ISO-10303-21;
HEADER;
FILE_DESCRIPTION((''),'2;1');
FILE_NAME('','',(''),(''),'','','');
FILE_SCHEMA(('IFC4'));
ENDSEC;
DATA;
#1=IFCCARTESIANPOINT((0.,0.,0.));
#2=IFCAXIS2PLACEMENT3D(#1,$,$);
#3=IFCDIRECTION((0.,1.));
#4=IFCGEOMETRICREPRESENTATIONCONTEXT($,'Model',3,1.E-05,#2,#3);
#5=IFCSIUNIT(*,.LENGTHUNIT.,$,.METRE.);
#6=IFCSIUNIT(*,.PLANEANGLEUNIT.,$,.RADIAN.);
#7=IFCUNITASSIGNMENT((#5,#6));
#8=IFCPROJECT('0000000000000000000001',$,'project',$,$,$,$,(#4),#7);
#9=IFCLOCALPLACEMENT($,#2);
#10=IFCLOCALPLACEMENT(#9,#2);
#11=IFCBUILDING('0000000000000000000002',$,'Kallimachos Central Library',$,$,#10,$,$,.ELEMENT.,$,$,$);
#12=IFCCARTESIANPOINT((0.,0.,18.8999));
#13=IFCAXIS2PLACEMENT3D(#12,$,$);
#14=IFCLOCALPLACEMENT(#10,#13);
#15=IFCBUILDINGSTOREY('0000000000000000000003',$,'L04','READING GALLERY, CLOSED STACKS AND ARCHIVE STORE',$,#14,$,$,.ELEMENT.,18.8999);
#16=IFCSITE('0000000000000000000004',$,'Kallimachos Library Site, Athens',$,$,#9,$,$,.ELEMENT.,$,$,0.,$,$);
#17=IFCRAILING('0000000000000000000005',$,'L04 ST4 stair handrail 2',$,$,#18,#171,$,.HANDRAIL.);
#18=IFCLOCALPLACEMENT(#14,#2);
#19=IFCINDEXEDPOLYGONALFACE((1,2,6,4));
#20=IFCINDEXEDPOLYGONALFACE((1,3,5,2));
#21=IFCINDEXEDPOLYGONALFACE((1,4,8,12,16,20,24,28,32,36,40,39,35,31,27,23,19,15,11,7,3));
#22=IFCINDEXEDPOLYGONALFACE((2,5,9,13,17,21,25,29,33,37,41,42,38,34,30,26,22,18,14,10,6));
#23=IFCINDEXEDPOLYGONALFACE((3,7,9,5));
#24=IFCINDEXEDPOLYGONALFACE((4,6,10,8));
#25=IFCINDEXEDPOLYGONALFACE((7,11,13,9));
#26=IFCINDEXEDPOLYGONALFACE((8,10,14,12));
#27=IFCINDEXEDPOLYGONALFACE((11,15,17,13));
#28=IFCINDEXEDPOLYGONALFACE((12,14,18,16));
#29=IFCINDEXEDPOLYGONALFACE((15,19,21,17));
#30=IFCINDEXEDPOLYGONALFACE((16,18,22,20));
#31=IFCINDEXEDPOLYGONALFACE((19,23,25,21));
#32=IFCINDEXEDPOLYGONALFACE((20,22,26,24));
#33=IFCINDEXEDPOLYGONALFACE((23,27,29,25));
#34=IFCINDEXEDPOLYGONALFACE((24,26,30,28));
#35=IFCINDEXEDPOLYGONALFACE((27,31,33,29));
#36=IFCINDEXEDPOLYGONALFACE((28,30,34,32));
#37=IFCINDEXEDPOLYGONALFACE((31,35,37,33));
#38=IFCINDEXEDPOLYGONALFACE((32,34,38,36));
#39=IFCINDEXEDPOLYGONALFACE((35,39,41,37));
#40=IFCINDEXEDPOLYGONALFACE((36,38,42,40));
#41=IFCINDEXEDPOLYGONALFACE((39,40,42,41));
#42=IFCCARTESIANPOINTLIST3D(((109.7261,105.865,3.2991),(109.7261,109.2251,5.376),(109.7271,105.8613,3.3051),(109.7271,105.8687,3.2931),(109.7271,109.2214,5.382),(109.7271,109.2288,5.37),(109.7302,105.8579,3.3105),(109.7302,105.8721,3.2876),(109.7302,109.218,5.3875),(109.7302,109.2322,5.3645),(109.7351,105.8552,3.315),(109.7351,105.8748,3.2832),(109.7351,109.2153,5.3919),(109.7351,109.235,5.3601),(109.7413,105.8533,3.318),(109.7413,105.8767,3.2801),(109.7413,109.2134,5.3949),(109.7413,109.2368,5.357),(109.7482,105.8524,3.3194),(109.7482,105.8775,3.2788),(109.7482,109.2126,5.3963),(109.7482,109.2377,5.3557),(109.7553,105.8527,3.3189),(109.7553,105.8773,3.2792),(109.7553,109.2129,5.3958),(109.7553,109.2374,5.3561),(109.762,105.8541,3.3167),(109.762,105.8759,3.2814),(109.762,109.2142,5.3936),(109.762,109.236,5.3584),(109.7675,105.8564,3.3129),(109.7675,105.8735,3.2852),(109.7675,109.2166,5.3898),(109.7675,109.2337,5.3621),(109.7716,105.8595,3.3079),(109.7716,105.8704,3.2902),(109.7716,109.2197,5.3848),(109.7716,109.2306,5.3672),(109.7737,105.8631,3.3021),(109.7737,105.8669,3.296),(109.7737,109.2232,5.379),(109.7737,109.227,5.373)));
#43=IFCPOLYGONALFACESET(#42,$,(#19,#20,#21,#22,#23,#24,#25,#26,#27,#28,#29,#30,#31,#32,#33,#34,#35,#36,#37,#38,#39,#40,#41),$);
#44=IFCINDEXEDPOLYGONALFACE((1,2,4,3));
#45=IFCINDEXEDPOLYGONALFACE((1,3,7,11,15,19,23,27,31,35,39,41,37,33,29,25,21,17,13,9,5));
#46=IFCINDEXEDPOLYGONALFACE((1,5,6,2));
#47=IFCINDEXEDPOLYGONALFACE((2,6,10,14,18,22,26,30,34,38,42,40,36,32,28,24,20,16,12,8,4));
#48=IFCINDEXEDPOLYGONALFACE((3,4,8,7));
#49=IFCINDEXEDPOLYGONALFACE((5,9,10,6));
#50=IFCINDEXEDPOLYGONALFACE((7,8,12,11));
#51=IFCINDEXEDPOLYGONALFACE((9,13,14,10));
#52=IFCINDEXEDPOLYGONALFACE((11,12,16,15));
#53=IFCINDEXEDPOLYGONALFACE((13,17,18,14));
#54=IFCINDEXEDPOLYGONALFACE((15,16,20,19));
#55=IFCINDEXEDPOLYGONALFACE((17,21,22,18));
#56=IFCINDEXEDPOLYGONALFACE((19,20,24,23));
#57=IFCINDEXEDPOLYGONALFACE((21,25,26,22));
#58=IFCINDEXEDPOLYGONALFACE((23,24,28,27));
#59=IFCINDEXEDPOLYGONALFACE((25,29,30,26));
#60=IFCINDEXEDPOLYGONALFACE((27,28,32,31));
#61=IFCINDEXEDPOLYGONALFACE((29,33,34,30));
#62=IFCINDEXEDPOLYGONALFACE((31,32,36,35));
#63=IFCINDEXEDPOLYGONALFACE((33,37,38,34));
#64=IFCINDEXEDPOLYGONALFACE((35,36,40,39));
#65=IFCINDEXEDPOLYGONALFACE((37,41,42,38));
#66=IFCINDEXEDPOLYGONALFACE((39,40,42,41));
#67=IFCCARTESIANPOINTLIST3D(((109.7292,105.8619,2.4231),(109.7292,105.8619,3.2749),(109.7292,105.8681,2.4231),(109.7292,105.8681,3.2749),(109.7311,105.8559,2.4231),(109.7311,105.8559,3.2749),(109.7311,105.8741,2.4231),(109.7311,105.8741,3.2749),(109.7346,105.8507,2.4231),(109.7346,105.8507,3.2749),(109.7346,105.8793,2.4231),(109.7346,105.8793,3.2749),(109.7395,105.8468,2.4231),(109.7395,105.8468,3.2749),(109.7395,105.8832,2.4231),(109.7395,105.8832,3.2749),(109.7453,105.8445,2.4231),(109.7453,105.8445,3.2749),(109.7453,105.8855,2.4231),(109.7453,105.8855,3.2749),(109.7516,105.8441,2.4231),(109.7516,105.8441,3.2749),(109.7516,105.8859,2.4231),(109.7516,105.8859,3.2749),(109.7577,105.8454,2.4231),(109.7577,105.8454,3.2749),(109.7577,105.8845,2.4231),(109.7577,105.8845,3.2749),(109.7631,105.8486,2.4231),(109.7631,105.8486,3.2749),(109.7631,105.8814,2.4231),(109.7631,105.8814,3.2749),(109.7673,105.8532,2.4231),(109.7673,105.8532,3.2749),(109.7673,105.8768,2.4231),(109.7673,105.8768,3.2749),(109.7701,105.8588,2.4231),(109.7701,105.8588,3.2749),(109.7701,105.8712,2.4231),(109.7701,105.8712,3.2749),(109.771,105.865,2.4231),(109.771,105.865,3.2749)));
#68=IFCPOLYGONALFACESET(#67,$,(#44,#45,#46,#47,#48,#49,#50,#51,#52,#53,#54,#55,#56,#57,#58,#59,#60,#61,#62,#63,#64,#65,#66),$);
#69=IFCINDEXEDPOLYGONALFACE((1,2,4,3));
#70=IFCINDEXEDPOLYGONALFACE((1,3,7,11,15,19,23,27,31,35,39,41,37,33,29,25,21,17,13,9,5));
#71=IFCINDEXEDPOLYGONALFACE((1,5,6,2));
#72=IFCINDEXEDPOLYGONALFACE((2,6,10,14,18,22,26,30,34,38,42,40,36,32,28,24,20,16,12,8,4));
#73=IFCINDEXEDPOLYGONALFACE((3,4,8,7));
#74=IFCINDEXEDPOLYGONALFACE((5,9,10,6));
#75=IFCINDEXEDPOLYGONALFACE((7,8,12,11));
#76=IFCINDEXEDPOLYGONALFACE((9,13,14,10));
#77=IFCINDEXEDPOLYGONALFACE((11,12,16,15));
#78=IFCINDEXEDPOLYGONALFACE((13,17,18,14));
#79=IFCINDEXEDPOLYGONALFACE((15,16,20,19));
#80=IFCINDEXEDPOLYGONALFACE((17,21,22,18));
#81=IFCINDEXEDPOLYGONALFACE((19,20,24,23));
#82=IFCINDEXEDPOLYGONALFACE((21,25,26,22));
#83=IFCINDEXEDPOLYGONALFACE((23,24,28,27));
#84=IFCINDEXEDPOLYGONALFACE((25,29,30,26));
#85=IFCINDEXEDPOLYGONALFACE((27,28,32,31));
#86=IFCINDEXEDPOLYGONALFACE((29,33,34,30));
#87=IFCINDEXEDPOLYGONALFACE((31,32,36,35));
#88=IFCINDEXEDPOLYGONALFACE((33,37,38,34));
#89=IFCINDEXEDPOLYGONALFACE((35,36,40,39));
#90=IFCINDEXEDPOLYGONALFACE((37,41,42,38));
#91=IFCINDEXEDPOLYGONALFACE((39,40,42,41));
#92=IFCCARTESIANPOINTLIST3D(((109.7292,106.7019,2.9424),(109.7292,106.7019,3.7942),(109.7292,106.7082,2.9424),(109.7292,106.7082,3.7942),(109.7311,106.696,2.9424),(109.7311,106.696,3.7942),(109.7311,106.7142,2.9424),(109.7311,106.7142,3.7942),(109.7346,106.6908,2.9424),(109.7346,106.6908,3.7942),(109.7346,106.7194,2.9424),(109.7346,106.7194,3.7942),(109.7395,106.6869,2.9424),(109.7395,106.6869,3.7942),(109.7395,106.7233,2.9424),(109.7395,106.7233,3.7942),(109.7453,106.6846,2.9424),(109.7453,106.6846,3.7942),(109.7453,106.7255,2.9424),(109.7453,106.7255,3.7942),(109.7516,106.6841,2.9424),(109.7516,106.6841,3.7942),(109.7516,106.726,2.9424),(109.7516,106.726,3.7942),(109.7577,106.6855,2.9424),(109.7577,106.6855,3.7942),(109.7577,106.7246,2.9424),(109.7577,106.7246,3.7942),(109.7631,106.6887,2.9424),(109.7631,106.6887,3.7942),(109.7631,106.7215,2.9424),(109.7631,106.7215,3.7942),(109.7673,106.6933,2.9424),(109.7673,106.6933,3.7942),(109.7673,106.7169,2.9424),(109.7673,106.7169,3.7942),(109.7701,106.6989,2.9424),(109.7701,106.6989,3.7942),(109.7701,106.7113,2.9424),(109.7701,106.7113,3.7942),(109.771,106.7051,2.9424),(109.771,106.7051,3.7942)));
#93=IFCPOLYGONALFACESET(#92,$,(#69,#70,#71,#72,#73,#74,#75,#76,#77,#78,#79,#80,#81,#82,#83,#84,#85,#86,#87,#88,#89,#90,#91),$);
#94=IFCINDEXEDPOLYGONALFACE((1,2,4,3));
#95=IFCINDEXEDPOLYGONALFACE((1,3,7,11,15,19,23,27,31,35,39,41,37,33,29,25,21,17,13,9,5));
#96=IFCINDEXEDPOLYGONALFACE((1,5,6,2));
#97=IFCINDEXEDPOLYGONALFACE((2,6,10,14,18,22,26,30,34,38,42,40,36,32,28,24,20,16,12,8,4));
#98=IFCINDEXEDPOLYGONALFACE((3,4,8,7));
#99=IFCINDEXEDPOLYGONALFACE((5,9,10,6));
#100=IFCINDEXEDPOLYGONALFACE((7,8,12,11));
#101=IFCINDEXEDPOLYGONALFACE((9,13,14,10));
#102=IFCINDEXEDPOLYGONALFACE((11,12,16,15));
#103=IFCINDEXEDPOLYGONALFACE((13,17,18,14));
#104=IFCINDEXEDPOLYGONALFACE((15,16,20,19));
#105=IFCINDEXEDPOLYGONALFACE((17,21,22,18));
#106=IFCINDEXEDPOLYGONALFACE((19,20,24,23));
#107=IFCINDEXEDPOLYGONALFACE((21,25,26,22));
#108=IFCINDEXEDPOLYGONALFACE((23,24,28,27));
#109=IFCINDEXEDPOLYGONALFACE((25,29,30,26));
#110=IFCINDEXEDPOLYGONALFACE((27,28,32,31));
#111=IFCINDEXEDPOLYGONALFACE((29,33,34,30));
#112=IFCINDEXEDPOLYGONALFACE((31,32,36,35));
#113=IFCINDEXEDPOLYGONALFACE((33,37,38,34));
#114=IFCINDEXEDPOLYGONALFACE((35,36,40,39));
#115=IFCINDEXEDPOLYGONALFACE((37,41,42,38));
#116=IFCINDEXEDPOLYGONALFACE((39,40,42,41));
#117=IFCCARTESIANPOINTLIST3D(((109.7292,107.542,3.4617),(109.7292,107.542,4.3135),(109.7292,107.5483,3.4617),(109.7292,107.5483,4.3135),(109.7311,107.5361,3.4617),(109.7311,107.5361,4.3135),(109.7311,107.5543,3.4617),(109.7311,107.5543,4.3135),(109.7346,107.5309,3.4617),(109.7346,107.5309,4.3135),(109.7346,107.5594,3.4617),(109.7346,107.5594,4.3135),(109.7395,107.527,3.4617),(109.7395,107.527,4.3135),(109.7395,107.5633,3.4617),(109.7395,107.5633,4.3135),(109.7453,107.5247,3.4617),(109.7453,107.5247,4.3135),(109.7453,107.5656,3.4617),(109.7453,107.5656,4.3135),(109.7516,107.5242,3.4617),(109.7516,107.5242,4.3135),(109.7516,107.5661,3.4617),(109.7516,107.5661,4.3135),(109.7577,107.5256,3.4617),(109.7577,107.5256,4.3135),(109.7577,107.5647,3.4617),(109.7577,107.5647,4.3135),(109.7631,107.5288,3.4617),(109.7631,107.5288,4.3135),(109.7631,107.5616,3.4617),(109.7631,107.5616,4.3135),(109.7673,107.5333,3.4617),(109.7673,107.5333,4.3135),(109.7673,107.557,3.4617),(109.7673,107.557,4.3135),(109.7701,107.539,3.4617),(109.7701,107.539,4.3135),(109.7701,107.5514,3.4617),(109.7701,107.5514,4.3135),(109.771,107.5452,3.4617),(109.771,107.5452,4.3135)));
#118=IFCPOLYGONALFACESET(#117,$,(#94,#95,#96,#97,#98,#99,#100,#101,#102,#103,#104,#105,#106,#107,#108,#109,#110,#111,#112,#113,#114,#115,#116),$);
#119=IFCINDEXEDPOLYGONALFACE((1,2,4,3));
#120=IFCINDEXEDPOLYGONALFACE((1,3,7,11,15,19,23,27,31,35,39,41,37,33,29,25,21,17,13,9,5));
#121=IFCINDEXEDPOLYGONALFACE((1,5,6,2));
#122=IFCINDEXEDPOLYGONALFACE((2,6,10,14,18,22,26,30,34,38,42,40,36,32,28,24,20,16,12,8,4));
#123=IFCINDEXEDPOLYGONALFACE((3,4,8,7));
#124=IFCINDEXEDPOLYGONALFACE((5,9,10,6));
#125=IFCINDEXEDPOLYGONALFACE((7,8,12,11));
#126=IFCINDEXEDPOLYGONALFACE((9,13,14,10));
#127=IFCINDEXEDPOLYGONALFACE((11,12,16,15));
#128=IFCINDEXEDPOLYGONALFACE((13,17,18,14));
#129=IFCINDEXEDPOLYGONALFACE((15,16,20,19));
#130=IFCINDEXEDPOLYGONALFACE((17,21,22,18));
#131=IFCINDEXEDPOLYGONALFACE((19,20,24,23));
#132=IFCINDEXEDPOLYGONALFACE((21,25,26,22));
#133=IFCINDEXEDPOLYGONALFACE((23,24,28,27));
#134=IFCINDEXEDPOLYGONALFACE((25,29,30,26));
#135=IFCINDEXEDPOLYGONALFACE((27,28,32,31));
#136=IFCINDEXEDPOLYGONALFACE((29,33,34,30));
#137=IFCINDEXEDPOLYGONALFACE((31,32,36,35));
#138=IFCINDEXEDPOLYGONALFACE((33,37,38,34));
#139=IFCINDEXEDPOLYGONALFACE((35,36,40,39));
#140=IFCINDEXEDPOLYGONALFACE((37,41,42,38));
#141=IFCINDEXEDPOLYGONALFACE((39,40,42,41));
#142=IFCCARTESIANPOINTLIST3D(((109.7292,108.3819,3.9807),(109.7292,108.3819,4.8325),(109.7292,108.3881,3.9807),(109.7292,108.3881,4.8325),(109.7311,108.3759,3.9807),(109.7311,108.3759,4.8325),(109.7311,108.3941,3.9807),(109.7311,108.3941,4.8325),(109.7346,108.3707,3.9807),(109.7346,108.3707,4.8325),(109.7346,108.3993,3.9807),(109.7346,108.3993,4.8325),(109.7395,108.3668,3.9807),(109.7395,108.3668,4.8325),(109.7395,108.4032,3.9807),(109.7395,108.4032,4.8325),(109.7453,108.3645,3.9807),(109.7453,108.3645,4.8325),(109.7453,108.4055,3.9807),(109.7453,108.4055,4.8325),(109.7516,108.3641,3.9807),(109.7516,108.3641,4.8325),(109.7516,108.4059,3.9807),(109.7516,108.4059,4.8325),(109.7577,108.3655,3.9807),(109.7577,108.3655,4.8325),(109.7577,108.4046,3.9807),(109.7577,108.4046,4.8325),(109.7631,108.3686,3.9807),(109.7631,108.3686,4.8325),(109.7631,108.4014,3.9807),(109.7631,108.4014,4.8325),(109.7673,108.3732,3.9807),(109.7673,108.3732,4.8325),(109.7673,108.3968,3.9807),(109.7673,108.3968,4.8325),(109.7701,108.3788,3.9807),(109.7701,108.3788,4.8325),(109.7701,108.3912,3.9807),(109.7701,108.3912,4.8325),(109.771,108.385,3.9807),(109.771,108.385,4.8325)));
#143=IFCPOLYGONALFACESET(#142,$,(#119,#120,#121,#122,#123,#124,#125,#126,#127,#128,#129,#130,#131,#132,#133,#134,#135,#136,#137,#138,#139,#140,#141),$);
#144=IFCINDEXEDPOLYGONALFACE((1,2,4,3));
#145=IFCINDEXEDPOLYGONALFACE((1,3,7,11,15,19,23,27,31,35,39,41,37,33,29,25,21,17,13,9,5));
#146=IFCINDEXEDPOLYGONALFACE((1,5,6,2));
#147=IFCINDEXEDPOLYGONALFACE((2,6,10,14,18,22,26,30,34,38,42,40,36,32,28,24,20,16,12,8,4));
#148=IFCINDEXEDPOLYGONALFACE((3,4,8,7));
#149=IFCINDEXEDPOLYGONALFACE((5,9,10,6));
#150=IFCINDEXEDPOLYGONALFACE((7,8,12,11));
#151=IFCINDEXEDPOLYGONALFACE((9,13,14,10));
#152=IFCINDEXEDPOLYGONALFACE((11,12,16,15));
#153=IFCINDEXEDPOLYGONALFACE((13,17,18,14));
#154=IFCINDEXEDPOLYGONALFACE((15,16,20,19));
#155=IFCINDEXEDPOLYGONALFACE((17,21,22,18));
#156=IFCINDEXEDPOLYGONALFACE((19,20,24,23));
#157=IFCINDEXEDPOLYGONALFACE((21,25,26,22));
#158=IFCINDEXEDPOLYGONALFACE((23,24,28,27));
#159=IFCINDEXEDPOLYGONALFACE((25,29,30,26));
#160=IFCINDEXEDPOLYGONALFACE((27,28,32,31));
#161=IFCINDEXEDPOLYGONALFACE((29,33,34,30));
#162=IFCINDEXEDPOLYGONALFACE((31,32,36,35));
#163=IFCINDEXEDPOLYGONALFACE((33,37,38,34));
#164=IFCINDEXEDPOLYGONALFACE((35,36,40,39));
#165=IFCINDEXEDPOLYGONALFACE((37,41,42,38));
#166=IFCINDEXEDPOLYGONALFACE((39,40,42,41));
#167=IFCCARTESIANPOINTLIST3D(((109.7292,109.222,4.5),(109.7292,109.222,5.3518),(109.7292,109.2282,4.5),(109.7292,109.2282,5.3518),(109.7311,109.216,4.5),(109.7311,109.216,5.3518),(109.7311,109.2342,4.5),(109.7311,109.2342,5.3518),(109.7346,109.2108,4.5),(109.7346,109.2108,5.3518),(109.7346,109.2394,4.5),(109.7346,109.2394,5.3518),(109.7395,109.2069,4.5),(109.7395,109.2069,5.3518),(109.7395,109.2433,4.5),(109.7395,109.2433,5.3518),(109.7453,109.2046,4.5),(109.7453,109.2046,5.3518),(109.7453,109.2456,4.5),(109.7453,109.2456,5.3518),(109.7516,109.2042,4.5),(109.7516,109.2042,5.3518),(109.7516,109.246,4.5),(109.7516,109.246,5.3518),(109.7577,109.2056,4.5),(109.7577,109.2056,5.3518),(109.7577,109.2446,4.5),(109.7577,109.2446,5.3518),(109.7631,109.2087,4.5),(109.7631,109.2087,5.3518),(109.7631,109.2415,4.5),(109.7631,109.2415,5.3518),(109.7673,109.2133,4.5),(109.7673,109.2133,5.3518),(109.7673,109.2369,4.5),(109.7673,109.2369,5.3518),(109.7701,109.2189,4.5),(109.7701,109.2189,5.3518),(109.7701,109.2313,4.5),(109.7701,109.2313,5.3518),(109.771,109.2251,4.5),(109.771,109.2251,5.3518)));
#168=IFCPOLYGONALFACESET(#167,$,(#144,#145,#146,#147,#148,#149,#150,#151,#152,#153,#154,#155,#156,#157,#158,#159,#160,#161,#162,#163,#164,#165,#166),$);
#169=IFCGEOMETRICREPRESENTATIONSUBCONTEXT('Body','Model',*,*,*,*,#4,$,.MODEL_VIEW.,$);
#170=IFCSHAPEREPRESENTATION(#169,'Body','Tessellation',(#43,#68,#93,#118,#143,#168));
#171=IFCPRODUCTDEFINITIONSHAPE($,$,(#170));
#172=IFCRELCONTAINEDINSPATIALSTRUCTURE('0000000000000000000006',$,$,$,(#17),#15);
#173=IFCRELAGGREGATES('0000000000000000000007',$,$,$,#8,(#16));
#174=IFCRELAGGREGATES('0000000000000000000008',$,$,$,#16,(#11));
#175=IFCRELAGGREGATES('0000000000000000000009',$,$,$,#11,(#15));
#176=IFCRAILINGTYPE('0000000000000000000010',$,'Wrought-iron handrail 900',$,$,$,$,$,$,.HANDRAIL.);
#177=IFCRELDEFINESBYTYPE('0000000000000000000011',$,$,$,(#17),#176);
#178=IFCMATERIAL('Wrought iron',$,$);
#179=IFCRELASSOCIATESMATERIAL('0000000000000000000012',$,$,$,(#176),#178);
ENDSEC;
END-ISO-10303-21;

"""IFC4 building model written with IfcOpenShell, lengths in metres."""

from ifc_helpers import new_model, si_unit, direction, frame, origin, origin_2d, place, context, subcontext, project, spatial, circle, extrude, material, type_object, element, save


model = new_model("IFC4")

# Units and contexts
model_context = context("Model", 3, precision=1e-05, world=origin(), true_north=direction((0.0, 1.0)))
body_context = subcontext(model_context, "Body", "Model", "MODEL_VIEW")
ifc_project = project(units=[si_unit("LENGTHUNIT", "METRE"), si_unit("PLANEANGLEUNIT", "RADIAN")], contexts=[model_context])

# Site, building, storey
site_placement = place(None, origin())
site = spatial("IfcSite", under=ifc_project, at=site_placement, Name="Kallimachos Library Site, Athens", CompositionType="ELEMENT", RefElevation=0.0)
building_placement = place(site_placement, origin())
building = spatial("IfcBuilding", under=site, at=building_placement, Name="Kallimachos Central Library", CompositionType="ELEMENT")
storey_placement = place(building_placement, frame((0.0, 0.0, 18.8999)))
storey = spatial("IfcBuildingStorey", under=building, at=storey_placement, Name="L04", Description="READING GALLERY, CLOSED STACKS AND ARCHIVE STORE", CompositionType="ELEMENT", Elevation=18.8999)

# Railing
ifc_material_1 = material(Name="Wrought iron")
railing_type_1 = type_object("IfcRailingType", Name="Wrought-iron handrail 900", PredefinedType="HANDRAIL", material=ifc_material_1)
railing_1_placement = place(storey_placement, frame((109.75, 105.865, 2.4231)))
element("IfcRailing", 1, at=railing_1_placement, inside=storey, type_object=railing_type_1, Name="L04 ST4 stair handrail 2", PredefinedType="HANDRAIL", context=body_context, shape_type="SweptSolid", body=[
    extrude(circle(Radius=0.0239, at=origin_2d()), frame((0.0, 0.0, 0.876), z_axis=(0.0, 0.850623, 0.525776), x_axis=(-1.0, 0.0, 0.0)), (0.0, 0.0, 1.0), 3.9502),
    extrude(circle(Radius=0.021, at=origin_2d()), origin(), (0.0, 0.0, 1.0), 0.8518),
    extrude(circle(Radius=0.021, at=origin_2d()), frame((0.0, 0.8401, 0.5193)), (0.0, 0.0, 1.0), 0.8518),
    extrude(circle(Radius=0.021, at=origin_2d()), frame((0.0, 1.6802, 1.0386)), (0.0, 0.0, 1.0), 0.8518),
    extrude(circle(Radius=0.021, at=origin_2d()), frame((0.0, 2.52, 1.5576)), (0.0, 0.0, 1.0), 0.8518),
    extrude(circle(Radius=0.021, at=origin_2d()), frame((0.0, 3.3601, 2.0769)), (0.0, 0.0, 1.0), 0.8518),
])

save(model, "model.ifc")
